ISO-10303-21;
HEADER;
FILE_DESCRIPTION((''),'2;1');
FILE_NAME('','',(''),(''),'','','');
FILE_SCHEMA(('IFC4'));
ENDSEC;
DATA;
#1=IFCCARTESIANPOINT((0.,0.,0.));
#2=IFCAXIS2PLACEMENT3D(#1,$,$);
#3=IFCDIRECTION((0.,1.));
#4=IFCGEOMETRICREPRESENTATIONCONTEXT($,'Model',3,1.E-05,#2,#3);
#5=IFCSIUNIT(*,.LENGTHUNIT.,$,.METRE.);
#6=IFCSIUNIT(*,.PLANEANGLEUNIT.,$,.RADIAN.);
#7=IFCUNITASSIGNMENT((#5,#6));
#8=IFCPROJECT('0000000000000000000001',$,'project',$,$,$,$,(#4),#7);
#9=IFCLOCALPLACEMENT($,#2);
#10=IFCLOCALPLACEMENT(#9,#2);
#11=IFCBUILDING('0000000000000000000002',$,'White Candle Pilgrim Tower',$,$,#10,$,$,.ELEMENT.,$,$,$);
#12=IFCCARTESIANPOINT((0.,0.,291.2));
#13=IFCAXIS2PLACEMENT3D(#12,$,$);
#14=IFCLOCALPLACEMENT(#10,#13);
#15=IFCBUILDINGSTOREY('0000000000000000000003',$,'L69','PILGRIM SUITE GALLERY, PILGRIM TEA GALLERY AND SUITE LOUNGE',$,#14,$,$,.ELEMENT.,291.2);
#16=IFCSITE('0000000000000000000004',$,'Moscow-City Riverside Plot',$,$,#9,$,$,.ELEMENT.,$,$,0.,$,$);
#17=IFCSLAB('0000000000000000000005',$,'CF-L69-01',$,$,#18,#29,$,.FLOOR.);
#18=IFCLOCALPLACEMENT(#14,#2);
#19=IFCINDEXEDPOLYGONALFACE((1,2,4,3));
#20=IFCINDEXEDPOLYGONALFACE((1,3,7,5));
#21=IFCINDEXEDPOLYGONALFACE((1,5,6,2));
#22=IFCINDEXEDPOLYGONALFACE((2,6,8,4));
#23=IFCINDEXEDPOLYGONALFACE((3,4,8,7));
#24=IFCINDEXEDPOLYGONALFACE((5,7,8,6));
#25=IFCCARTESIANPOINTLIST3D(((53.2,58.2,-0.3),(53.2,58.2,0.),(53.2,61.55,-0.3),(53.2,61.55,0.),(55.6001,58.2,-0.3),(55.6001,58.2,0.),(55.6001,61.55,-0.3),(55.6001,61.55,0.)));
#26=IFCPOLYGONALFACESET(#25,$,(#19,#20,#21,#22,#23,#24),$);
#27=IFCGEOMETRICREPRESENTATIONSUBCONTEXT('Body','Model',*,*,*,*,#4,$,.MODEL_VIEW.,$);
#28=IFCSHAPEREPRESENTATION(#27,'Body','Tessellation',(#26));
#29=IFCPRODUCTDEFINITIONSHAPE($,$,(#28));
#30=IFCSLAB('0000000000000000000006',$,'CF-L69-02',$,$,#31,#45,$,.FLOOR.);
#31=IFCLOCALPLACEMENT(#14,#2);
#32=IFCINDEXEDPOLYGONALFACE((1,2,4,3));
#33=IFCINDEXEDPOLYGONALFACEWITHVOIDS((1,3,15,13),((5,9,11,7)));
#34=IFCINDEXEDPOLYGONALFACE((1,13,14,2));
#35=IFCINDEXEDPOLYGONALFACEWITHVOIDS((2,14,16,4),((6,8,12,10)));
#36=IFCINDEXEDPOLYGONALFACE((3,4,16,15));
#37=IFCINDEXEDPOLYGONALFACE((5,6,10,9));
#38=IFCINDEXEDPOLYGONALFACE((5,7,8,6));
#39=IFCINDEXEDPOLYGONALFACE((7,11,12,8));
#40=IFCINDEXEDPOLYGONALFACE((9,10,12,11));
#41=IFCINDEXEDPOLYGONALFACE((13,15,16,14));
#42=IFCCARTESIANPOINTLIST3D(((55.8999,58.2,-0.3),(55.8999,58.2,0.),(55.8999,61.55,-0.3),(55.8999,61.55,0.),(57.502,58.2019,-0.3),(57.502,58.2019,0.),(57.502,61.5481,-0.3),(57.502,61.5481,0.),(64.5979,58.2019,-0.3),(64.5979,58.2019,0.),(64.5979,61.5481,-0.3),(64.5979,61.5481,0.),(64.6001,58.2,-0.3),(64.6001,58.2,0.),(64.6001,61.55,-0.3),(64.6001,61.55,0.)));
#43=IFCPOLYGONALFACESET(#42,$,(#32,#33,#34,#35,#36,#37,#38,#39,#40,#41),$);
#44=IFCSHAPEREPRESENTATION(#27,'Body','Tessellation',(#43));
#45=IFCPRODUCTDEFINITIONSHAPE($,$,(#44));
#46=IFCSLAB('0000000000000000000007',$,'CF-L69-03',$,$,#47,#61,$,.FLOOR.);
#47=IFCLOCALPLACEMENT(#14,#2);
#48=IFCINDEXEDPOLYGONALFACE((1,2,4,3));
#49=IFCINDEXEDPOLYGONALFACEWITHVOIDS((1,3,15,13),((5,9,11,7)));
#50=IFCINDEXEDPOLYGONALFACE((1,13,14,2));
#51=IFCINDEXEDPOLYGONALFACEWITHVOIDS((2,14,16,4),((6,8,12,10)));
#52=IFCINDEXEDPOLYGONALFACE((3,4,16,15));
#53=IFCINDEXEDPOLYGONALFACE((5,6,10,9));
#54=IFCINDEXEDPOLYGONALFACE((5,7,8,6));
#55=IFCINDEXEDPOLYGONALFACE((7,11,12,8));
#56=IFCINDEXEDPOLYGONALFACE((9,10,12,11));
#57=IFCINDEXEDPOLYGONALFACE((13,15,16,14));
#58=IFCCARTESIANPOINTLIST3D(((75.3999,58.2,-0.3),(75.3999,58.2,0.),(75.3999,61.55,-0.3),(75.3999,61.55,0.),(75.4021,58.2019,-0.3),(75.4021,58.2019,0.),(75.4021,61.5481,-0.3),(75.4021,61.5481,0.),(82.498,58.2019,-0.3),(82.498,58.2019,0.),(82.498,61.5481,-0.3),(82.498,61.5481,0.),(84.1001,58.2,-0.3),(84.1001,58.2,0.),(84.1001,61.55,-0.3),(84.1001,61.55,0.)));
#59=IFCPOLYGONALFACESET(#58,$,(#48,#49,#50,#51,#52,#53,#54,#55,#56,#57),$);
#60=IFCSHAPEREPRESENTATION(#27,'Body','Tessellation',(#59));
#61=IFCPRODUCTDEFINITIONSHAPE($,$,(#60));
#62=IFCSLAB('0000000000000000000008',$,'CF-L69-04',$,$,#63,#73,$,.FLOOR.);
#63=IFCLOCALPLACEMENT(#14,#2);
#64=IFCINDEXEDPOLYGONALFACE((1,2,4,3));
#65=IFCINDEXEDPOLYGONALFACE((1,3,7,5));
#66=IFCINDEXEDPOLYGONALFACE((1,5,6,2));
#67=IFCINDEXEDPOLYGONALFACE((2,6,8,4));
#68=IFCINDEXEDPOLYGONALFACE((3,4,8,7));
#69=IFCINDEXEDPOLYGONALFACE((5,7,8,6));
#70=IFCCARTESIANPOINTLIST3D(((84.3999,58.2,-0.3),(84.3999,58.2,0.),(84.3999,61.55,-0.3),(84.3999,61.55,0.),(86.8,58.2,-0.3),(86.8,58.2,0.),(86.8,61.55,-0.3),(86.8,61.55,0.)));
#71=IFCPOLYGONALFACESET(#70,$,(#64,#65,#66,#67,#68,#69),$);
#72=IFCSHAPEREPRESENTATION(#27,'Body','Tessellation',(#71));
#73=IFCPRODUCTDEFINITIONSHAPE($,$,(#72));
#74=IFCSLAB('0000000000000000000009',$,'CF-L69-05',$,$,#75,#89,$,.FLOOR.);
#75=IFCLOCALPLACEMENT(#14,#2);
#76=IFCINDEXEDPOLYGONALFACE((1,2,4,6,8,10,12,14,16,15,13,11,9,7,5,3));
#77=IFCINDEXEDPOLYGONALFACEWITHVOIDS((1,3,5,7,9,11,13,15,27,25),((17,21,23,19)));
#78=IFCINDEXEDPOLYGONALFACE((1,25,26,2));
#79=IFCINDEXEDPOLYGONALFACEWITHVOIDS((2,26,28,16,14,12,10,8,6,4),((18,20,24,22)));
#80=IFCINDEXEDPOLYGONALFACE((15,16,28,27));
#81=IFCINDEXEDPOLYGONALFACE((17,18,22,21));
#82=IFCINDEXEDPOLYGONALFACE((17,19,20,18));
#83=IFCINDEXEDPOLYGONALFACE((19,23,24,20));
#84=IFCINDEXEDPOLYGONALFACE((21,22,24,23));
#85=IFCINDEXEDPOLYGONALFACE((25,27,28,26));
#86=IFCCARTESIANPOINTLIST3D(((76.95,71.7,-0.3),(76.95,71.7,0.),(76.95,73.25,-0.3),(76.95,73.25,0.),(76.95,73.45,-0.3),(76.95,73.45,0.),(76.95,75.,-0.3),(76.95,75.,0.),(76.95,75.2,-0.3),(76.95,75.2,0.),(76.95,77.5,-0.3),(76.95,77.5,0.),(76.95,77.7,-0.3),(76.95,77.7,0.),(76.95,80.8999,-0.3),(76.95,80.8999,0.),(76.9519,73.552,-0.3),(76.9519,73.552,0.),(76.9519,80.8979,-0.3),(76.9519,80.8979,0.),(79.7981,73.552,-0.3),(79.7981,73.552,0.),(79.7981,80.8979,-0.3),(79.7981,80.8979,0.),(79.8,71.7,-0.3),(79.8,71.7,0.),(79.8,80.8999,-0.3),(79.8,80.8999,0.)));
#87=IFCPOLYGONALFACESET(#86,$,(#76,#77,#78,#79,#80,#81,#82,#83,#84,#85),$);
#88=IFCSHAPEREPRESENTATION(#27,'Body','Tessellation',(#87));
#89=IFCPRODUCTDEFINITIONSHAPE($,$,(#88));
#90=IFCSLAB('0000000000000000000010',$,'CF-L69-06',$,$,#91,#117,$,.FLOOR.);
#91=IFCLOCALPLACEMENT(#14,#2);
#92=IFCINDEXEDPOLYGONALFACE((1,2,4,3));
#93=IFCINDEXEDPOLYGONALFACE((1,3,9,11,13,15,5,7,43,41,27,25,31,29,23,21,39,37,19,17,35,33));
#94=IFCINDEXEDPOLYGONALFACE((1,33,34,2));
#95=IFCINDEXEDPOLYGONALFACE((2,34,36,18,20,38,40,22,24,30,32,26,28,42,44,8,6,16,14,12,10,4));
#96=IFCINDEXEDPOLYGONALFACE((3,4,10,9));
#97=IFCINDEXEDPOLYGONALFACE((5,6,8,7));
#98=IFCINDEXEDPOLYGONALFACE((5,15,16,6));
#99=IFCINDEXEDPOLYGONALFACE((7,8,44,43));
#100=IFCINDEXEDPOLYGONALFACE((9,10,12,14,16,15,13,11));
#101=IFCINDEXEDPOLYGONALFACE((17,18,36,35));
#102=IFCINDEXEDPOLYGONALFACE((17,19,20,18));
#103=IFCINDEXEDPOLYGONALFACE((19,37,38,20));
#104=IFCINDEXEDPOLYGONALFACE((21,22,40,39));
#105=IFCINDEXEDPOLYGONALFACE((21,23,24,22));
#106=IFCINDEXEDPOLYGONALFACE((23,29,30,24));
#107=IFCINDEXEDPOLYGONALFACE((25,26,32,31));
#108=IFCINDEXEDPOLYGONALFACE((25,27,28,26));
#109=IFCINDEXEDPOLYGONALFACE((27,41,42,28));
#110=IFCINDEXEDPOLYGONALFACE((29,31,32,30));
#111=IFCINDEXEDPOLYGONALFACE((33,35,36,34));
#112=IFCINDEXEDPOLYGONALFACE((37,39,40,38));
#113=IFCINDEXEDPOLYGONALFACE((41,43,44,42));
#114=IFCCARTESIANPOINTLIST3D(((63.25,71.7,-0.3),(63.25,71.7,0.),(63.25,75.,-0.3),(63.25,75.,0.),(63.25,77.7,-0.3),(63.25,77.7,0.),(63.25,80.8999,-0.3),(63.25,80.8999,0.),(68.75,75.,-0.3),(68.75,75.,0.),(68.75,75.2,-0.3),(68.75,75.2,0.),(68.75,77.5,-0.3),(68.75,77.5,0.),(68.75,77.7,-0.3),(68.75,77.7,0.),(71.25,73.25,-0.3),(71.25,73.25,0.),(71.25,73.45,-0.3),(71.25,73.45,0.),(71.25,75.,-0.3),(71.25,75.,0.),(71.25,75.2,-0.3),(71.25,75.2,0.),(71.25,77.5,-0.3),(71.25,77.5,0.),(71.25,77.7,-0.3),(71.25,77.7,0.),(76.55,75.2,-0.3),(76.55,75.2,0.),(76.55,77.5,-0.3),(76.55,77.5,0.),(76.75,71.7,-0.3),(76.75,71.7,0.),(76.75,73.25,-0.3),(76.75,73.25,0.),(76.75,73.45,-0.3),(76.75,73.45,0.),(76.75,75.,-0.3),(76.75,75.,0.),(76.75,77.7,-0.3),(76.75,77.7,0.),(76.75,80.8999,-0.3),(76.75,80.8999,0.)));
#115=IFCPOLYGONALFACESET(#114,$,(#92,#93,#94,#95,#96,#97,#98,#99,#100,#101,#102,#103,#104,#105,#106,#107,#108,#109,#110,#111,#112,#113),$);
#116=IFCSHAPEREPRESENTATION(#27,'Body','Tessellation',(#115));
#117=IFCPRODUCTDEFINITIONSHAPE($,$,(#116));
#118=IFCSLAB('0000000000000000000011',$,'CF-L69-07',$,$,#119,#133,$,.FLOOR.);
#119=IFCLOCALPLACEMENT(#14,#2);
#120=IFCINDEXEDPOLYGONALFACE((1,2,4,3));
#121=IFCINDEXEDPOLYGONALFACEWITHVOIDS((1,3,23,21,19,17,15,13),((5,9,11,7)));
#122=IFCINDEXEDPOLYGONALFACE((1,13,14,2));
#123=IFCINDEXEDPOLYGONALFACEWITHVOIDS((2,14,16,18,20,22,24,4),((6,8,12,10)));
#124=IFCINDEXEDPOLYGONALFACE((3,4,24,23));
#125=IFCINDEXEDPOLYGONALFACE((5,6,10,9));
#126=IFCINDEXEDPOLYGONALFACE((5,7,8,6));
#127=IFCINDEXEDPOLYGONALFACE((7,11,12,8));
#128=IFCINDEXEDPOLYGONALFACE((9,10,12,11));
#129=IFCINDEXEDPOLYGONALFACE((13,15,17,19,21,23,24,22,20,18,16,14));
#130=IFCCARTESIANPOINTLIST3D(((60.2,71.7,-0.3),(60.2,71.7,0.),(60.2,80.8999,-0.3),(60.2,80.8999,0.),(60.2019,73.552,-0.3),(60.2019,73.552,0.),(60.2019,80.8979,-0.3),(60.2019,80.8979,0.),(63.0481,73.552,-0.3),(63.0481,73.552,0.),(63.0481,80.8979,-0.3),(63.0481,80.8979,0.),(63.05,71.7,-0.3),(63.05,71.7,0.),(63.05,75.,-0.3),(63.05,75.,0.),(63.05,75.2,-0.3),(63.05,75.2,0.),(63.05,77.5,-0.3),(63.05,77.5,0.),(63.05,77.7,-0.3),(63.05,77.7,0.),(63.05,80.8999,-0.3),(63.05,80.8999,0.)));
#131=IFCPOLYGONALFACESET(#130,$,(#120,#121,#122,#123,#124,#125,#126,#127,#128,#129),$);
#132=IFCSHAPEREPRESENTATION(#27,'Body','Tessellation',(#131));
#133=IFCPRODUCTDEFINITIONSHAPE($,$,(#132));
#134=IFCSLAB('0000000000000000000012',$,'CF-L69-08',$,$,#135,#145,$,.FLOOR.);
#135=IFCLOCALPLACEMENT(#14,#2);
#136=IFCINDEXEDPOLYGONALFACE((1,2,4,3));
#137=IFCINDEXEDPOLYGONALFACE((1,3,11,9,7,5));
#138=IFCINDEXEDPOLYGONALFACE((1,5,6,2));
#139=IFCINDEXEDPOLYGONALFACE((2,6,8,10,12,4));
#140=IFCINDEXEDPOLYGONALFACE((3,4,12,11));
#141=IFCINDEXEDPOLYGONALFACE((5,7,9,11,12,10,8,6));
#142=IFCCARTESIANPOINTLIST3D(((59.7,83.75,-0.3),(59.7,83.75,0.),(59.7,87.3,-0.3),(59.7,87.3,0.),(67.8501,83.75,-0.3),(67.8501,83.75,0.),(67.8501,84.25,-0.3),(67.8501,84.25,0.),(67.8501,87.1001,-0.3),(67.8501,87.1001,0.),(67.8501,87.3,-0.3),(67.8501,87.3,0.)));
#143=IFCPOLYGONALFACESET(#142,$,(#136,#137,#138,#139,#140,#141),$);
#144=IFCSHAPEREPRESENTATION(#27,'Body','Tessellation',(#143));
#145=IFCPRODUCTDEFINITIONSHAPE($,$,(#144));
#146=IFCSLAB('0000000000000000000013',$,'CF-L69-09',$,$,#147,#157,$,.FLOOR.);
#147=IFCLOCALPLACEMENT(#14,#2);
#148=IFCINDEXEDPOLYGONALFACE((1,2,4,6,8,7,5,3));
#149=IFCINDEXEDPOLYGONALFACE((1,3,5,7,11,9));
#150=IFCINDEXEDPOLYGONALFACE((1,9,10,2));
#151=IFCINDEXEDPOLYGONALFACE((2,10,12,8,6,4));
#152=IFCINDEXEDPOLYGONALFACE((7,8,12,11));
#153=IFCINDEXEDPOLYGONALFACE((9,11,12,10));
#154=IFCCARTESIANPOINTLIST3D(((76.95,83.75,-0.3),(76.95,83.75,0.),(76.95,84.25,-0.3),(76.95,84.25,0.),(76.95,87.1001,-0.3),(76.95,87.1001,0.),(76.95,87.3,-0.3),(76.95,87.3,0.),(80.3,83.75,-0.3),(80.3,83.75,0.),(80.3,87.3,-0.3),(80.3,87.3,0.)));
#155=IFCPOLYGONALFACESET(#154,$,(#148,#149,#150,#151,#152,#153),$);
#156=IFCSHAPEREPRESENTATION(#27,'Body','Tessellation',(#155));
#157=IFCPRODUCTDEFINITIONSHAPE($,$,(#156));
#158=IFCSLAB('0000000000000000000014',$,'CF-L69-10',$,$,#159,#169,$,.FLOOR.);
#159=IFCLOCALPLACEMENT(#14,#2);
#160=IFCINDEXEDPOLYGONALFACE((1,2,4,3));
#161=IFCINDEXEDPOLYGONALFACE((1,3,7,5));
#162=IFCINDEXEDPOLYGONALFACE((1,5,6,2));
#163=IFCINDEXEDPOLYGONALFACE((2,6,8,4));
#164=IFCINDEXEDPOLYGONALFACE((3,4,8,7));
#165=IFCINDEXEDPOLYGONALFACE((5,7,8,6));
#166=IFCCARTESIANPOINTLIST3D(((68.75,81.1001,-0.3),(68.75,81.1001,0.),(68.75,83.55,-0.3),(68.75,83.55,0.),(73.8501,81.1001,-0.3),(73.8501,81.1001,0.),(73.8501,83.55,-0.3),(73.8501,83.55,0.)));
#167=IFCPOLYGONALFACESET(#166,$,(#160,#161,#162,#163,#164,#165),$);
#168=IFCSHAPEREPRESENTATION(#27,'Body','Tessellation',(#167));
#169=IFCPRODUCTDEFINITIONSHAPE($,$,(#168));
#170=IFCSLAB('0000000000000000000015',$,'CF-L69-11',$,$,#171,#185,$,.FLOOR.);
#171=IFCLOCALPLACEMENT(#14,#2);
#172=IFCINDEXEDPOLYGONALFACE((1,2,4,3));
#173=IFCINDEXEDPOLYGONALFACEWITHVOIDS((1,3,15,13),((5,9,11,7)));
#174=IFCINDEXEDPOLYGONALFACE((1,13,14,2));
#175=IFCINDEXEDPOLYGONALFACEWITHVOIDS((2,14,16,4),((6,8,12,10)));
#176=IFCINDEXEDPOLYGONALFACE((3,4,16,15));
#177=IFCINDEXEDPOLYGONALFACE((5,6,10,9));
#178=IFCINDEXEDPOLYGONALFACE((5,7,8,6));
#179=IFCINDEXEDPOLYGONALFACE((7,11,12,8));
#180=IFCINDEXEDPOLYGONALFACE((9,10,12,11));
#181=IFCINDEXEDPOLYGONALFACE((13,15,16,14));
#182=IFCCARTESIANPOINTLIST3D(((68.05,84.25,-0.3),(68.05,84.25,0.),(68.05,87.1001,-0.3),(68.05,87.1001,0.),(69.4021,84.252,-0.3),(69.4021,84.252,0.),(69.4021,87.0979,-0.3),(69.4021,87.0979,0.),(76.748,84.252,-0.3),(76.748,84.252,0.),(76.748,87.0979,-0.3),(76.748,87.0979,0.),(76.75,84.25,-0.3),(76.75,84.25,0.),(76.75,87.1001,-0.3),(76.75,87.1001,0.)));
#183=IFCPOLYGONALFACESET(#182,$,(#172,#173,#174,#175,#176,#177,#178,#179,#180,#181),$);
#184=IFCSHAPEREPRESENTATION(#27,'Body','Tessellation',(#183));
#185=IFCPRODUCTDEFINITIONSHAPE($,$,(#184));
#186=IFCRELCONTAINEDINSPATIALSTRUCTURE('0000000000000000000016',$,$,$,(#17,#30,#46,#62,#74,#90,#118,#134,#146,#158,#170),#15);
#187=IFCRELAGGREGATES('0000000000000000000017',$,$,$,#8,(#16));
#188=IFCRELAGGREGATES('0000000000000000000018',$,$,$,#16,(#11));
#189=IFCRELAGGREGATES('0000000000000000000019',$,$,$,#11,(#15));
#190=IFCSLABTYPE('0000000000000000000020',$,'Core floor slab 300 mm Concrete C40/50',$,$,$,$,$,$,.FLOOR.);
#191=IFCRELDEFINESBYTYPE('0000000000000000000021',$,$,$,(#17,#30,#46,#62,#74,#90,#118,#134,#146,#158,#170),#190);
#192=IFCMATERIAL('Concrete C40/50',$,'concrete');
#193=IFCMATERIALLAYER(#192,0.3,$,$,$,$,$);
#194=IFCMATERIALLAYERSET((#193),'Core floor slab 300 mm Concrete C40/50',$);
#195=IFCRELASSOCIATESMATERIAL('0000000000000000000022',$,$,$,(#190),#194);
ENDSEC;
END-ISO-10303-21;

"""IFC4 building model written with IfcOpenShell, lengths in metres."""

from ifc_helpers import new_model, si_unit, direction, frame, origin, place, context, subcontext, project, spatial, polyline, outline, extrude, material, layer, layer_set, type_object, element, save


model = new_model("IFC4")

# Units and contexts
model_context = context("Model", 3, precision=1e-05, world=origin(), true_north=direction((0.0, 1.0)))
body_context = subcontext(model_context, "Body", "Model", "MODEL_VIEW")
ifc_project = project(units=[si_unit("LENGTHUNIT", "METRE"), si_unit("PLANEANGLEUNIT", "RADIAN")], contexts=[model_context])

# Site, building, storey
site_placement = place(None, origin())
site = spatial("IfcSite", under=ifc_project, at=site_placement, Name="Moscow-City Riverside Plot", CompositionType="ELEMENT", RefElevation=0.0)
building_placement = place(site_placement, origin())
building = spatial("IfcBuilding", under=site, at=building_placement, Name="White Candle Pilgrim Tower", CompositionType="ELEMENT")
storey_placement = place(building_placement, frame((0.0, 0.0, 291.2)))
storey = spatial("IfcBuildingStorey", under=building, at=storey_placement, Name="L69", Description="PILGRIM SUITE GALLERY, PILGRIM TEA GALLERY AND SUITE LOUNGE", CompositionType="ELEMENT", Elevation=291.2)

# Slabs
ifc_material_1 = material(Name="Concrete C40/50", Category="concrete")
ifc_layer_1 = layer(ifc_material_1, 0.3)
ifc_layer_set_1 = layer_set([ifc_layer_1], Name="Core floor slab 300 mm Concrete C40/50")
slab_type_1 = type_object("IfcSlabType", Name="Core floor slab 300 mm Concrete C40/50", PredefinedType="FLOOR", material=ifc_layer_set_1)
slab_1_placement = place(storey_placement, frame((0.0, 0.0, -0.3)))
element("IfcSlab", 1, at=slab_1_placement, inside=storey, type_object=slab_type_1, Name="CF-L69-01", PredefinedType="FLOOR", context=body_context, shape_type="SweptSolid", body=[
    extrude(outline(polyline([(55.6001, 58.2), (53.2, 58.2), (53.2, 61.55), (55.6001, 61.55), (55.6001, 58.2)])), origin(), (0.0, 0.0, 1.0), 0.3),
])
slab_2_placement = place(storey_placement, frame((0.0, 0.0, -0.3)))
element("IfcSlab", 2, at=slab_2_placement, inside=storey, type_object=slab_type_1, Name="CF-L69-02", PredefinedType="FLOOR", context=body_context, shape_type="SweptSolid", body=[
    extrude(outline(polyline([(55.8999, 58.2), (55.8999, 61.55), (64.6001, 61.55), (64.6001, 58.2), (55.8999, 58.2)]), holes=[polyline([(57.502, 61.5481), (57.502, 58.2019), (64.5979, 58.2019), (64.5979, 61.5481), (57.502, 61.5481)])]), origin(), (0.0, 0.0, 1.0), 0.3),
])
slab_3_placement = place(storey_placement, frame((0.0, 0.0, -0.3)))
element("IfcSlab", 3, at=slab_3_placement, inside=storey, type_object=slab_type_1, Name="CF-L69-03", PredefinedType="FLOOR", context=body_context, shape_type="SweptSolid", body=[
    extrude(outline(polyline([(75.3999, 58.2), (75.3999, 61.55), (84.1001, 61.55), (84.1001, 58.2), (75.3999, 58.2)]), holes=[polyline([(82.498, 61.5481), (75.4021, 61.5481), (75.4021, 58.2019), (82.498, 58.2019), (82.498, 61.5481)])]), origin(), (0.0, 0.0, 1.0), 0.3),
])
slab_4_placement = place(storey_placement, frame((0.0, 0.0, -0.3)))
element("IfcSlab", 4, at=slab_4_placement, inside=storey, type_object=slab_type_1, Name="CF-L69-04", PredefinedType="FLOOR", context=body_context, shape_type="SweptSolid", body=[
    extrude(outline(polyline([(86.8, 58.2), (84.3999, 58.2), (84.3999, 61.55), (86.8, 61.55), (86.8, 58.2)])), origin(), (0.0, 0.0, 1.0), 0.3),
])
slab_5_placement = place(storey_placement, frame((0.0, 0.0, -0.3)))
element("IfcSlab", 5, at=slab_5_placement, inside=storey, type_object=slab_type_1, Name="CF-L69-05", PredefinedType="FLOOR", context=body_context, shape_type="SweptSolid", body=[
    extrude(outline(polyline([(76.95, 71.7), (76.95, 73.25), (76.95, 73.45), (76.95, 75.0), (76.95, 75.2), (76.95, 77.5), (76.95, 77.7), (76.95, 80.8999), (79.8, 80.8999), (79.8, 71.7), (76.95, 71.7)]), holes=[polyline([(76.9519, 73.552), (79.7981, 73.552), (79.7981, 80.8979), (76.9519, 80.8979), (76.9519, 73.552)])]), origin(), (0.0, 0.0, 1.0), 0.3),
])
slab_6_placement = place(storey_placement, frame((0.0, 0.0, -0.3)))
element("IfcSlab", 6, at=slab_6_placement, inside=storey, type_object=slab_type_1, Name="CF-L69-06", PredefinedType="FLOOR", context=body_context, shape_type="SweptSolid", body=[
    extrude(outline(polyline([(63.25, 71.7), (63.25, 75.0), (68.75, 75.0), (68.75, 75.2), (68.75, 77.5), (68.75, 77.7), (63.25, 77.7), (63.25, 80.8999), (76.75, 80.8999), (76.75, 77.7), (71.25, 77.7), (71.25, 77.5), (76.55, 77.5), (76.55, 75.2), (71.25, 75.2), (71.25, 75.0), (76.75, 75.0), (76.75, 73.45), (71.25, 73.45), (71.25, 73.25), (76.75, 73.25), (76.75, 71.7), (63.25, 71.7)])), origin(), (0.0, 0.0, 1.0), 0.3),
])
slab_7_placement = place(storey_placement, frame((0.0, 0.0, -0.3)))
element("IfcSlab", 7, at=slab_7_placement, inside=storey, type_object=slab_type_1, Name="CF-L69-07", PredefinedType="FLOOR", context=body_context, shape_type="SweptSolid", body=[
    extrude(outline(polyline([(60.2, 71.7), (60.2, 80.8999), (63.05, 80.8999), (63.05, 77.7), (63.05, 77.5), (63.05, 75.2), (63.05, 75.0), (63.05, 71.7), (60.2, 71.7)]), holes=[polyline([(60.2019, 73.552), (63.0481, 73.552), (63.0481, 80.8979), (60.2019, 80.8979), (60.2019, 73.552)])]), origin(), (0.0, 0.0, 1.0), 0.3),
])
slab_8_placement = place(storey_placement, frame((0.0, 0.0, -0.3)))
element("IfcSlab", 8, at=slab_8_placement, inside=storey, type_object=slab_type_1, Name="CF-L69-08", PredefinedType="FLOOR", context=body_context, shape_type="SweptSolid", body=[
    extrude(outline(polyline([(59.7, 87.3), (67.8501, 87.3), (67.8501, 87.1001), (67.8501, 84.25), (67.8501, 83.75), (59.7, 83.75), (59.7, 87.3)])), origin(), (0.0, 0.0, 1.0), 0.3),
])
slab_9_placement = place(storey_placement, frame((0.0, 0.0, -0.3)))
element("IfcSlab", 9, at=slab_9_placement, inside=storey, type_object=slab_type_1, Name="CF-L69-09", PredefinedType="FLOOR", context=body_context, shape_type="SweptSolid", body=[
    extrude(outline(polyline([(80.3, 87.3), (80.3, 83.75), (76.95, 83.75), (76.95, 84.25), (76.95, 87.1001), (76.95, 87.3), (80.3, 87.3)])), origin(), (0.0, 0.0, 1.0), 0.3),
])
slab_10_placement = place(storey_placement, frame((0.0, 0.0, -0.3)))
element("IfcSlab", 10, at=slab_10_placement, inside=storey, type_object=slab_type_1, Name="CF-L69-10", PredefinedType="FLOOR", context=body_context, shape_type="SweptSolid", body=[
    extrude(outline(polyline([(68.75, 81.1001), (68.75, 83.55), (73.8501, 83.55), (73.8501, 81.1001), (68.75, 81.1001)])), origin(), (0.0, 0.0, 1.0), 0.3),
])
slab_11_placement = place(storey_placement, frame((0.0, 0.0, -0.3)))
element("IfcSlab", 11, at=slab_11_placement, inside=storey, type_object=slab_type_1, Name="CF-L69-11", PredefinedType="FLOOR", context=body_context, shape_type="SweptSolid", body=[
    extrude(outline(polyline([(68.05, 87.1001), (76.75, 87.1001), (76.75, 84.25), (68.05, 84.25), (68.05, 87.1001)]), holes=[polyline([(69.4021, 84.252), (76.748, 84.252), (76.748, 87.0979), (69.4021, 87.0979), (69.4021, 84.252)])]), origin(), (0.0, 0.0, 1.0), 0.3),
])

save(model, "model.ifc")
